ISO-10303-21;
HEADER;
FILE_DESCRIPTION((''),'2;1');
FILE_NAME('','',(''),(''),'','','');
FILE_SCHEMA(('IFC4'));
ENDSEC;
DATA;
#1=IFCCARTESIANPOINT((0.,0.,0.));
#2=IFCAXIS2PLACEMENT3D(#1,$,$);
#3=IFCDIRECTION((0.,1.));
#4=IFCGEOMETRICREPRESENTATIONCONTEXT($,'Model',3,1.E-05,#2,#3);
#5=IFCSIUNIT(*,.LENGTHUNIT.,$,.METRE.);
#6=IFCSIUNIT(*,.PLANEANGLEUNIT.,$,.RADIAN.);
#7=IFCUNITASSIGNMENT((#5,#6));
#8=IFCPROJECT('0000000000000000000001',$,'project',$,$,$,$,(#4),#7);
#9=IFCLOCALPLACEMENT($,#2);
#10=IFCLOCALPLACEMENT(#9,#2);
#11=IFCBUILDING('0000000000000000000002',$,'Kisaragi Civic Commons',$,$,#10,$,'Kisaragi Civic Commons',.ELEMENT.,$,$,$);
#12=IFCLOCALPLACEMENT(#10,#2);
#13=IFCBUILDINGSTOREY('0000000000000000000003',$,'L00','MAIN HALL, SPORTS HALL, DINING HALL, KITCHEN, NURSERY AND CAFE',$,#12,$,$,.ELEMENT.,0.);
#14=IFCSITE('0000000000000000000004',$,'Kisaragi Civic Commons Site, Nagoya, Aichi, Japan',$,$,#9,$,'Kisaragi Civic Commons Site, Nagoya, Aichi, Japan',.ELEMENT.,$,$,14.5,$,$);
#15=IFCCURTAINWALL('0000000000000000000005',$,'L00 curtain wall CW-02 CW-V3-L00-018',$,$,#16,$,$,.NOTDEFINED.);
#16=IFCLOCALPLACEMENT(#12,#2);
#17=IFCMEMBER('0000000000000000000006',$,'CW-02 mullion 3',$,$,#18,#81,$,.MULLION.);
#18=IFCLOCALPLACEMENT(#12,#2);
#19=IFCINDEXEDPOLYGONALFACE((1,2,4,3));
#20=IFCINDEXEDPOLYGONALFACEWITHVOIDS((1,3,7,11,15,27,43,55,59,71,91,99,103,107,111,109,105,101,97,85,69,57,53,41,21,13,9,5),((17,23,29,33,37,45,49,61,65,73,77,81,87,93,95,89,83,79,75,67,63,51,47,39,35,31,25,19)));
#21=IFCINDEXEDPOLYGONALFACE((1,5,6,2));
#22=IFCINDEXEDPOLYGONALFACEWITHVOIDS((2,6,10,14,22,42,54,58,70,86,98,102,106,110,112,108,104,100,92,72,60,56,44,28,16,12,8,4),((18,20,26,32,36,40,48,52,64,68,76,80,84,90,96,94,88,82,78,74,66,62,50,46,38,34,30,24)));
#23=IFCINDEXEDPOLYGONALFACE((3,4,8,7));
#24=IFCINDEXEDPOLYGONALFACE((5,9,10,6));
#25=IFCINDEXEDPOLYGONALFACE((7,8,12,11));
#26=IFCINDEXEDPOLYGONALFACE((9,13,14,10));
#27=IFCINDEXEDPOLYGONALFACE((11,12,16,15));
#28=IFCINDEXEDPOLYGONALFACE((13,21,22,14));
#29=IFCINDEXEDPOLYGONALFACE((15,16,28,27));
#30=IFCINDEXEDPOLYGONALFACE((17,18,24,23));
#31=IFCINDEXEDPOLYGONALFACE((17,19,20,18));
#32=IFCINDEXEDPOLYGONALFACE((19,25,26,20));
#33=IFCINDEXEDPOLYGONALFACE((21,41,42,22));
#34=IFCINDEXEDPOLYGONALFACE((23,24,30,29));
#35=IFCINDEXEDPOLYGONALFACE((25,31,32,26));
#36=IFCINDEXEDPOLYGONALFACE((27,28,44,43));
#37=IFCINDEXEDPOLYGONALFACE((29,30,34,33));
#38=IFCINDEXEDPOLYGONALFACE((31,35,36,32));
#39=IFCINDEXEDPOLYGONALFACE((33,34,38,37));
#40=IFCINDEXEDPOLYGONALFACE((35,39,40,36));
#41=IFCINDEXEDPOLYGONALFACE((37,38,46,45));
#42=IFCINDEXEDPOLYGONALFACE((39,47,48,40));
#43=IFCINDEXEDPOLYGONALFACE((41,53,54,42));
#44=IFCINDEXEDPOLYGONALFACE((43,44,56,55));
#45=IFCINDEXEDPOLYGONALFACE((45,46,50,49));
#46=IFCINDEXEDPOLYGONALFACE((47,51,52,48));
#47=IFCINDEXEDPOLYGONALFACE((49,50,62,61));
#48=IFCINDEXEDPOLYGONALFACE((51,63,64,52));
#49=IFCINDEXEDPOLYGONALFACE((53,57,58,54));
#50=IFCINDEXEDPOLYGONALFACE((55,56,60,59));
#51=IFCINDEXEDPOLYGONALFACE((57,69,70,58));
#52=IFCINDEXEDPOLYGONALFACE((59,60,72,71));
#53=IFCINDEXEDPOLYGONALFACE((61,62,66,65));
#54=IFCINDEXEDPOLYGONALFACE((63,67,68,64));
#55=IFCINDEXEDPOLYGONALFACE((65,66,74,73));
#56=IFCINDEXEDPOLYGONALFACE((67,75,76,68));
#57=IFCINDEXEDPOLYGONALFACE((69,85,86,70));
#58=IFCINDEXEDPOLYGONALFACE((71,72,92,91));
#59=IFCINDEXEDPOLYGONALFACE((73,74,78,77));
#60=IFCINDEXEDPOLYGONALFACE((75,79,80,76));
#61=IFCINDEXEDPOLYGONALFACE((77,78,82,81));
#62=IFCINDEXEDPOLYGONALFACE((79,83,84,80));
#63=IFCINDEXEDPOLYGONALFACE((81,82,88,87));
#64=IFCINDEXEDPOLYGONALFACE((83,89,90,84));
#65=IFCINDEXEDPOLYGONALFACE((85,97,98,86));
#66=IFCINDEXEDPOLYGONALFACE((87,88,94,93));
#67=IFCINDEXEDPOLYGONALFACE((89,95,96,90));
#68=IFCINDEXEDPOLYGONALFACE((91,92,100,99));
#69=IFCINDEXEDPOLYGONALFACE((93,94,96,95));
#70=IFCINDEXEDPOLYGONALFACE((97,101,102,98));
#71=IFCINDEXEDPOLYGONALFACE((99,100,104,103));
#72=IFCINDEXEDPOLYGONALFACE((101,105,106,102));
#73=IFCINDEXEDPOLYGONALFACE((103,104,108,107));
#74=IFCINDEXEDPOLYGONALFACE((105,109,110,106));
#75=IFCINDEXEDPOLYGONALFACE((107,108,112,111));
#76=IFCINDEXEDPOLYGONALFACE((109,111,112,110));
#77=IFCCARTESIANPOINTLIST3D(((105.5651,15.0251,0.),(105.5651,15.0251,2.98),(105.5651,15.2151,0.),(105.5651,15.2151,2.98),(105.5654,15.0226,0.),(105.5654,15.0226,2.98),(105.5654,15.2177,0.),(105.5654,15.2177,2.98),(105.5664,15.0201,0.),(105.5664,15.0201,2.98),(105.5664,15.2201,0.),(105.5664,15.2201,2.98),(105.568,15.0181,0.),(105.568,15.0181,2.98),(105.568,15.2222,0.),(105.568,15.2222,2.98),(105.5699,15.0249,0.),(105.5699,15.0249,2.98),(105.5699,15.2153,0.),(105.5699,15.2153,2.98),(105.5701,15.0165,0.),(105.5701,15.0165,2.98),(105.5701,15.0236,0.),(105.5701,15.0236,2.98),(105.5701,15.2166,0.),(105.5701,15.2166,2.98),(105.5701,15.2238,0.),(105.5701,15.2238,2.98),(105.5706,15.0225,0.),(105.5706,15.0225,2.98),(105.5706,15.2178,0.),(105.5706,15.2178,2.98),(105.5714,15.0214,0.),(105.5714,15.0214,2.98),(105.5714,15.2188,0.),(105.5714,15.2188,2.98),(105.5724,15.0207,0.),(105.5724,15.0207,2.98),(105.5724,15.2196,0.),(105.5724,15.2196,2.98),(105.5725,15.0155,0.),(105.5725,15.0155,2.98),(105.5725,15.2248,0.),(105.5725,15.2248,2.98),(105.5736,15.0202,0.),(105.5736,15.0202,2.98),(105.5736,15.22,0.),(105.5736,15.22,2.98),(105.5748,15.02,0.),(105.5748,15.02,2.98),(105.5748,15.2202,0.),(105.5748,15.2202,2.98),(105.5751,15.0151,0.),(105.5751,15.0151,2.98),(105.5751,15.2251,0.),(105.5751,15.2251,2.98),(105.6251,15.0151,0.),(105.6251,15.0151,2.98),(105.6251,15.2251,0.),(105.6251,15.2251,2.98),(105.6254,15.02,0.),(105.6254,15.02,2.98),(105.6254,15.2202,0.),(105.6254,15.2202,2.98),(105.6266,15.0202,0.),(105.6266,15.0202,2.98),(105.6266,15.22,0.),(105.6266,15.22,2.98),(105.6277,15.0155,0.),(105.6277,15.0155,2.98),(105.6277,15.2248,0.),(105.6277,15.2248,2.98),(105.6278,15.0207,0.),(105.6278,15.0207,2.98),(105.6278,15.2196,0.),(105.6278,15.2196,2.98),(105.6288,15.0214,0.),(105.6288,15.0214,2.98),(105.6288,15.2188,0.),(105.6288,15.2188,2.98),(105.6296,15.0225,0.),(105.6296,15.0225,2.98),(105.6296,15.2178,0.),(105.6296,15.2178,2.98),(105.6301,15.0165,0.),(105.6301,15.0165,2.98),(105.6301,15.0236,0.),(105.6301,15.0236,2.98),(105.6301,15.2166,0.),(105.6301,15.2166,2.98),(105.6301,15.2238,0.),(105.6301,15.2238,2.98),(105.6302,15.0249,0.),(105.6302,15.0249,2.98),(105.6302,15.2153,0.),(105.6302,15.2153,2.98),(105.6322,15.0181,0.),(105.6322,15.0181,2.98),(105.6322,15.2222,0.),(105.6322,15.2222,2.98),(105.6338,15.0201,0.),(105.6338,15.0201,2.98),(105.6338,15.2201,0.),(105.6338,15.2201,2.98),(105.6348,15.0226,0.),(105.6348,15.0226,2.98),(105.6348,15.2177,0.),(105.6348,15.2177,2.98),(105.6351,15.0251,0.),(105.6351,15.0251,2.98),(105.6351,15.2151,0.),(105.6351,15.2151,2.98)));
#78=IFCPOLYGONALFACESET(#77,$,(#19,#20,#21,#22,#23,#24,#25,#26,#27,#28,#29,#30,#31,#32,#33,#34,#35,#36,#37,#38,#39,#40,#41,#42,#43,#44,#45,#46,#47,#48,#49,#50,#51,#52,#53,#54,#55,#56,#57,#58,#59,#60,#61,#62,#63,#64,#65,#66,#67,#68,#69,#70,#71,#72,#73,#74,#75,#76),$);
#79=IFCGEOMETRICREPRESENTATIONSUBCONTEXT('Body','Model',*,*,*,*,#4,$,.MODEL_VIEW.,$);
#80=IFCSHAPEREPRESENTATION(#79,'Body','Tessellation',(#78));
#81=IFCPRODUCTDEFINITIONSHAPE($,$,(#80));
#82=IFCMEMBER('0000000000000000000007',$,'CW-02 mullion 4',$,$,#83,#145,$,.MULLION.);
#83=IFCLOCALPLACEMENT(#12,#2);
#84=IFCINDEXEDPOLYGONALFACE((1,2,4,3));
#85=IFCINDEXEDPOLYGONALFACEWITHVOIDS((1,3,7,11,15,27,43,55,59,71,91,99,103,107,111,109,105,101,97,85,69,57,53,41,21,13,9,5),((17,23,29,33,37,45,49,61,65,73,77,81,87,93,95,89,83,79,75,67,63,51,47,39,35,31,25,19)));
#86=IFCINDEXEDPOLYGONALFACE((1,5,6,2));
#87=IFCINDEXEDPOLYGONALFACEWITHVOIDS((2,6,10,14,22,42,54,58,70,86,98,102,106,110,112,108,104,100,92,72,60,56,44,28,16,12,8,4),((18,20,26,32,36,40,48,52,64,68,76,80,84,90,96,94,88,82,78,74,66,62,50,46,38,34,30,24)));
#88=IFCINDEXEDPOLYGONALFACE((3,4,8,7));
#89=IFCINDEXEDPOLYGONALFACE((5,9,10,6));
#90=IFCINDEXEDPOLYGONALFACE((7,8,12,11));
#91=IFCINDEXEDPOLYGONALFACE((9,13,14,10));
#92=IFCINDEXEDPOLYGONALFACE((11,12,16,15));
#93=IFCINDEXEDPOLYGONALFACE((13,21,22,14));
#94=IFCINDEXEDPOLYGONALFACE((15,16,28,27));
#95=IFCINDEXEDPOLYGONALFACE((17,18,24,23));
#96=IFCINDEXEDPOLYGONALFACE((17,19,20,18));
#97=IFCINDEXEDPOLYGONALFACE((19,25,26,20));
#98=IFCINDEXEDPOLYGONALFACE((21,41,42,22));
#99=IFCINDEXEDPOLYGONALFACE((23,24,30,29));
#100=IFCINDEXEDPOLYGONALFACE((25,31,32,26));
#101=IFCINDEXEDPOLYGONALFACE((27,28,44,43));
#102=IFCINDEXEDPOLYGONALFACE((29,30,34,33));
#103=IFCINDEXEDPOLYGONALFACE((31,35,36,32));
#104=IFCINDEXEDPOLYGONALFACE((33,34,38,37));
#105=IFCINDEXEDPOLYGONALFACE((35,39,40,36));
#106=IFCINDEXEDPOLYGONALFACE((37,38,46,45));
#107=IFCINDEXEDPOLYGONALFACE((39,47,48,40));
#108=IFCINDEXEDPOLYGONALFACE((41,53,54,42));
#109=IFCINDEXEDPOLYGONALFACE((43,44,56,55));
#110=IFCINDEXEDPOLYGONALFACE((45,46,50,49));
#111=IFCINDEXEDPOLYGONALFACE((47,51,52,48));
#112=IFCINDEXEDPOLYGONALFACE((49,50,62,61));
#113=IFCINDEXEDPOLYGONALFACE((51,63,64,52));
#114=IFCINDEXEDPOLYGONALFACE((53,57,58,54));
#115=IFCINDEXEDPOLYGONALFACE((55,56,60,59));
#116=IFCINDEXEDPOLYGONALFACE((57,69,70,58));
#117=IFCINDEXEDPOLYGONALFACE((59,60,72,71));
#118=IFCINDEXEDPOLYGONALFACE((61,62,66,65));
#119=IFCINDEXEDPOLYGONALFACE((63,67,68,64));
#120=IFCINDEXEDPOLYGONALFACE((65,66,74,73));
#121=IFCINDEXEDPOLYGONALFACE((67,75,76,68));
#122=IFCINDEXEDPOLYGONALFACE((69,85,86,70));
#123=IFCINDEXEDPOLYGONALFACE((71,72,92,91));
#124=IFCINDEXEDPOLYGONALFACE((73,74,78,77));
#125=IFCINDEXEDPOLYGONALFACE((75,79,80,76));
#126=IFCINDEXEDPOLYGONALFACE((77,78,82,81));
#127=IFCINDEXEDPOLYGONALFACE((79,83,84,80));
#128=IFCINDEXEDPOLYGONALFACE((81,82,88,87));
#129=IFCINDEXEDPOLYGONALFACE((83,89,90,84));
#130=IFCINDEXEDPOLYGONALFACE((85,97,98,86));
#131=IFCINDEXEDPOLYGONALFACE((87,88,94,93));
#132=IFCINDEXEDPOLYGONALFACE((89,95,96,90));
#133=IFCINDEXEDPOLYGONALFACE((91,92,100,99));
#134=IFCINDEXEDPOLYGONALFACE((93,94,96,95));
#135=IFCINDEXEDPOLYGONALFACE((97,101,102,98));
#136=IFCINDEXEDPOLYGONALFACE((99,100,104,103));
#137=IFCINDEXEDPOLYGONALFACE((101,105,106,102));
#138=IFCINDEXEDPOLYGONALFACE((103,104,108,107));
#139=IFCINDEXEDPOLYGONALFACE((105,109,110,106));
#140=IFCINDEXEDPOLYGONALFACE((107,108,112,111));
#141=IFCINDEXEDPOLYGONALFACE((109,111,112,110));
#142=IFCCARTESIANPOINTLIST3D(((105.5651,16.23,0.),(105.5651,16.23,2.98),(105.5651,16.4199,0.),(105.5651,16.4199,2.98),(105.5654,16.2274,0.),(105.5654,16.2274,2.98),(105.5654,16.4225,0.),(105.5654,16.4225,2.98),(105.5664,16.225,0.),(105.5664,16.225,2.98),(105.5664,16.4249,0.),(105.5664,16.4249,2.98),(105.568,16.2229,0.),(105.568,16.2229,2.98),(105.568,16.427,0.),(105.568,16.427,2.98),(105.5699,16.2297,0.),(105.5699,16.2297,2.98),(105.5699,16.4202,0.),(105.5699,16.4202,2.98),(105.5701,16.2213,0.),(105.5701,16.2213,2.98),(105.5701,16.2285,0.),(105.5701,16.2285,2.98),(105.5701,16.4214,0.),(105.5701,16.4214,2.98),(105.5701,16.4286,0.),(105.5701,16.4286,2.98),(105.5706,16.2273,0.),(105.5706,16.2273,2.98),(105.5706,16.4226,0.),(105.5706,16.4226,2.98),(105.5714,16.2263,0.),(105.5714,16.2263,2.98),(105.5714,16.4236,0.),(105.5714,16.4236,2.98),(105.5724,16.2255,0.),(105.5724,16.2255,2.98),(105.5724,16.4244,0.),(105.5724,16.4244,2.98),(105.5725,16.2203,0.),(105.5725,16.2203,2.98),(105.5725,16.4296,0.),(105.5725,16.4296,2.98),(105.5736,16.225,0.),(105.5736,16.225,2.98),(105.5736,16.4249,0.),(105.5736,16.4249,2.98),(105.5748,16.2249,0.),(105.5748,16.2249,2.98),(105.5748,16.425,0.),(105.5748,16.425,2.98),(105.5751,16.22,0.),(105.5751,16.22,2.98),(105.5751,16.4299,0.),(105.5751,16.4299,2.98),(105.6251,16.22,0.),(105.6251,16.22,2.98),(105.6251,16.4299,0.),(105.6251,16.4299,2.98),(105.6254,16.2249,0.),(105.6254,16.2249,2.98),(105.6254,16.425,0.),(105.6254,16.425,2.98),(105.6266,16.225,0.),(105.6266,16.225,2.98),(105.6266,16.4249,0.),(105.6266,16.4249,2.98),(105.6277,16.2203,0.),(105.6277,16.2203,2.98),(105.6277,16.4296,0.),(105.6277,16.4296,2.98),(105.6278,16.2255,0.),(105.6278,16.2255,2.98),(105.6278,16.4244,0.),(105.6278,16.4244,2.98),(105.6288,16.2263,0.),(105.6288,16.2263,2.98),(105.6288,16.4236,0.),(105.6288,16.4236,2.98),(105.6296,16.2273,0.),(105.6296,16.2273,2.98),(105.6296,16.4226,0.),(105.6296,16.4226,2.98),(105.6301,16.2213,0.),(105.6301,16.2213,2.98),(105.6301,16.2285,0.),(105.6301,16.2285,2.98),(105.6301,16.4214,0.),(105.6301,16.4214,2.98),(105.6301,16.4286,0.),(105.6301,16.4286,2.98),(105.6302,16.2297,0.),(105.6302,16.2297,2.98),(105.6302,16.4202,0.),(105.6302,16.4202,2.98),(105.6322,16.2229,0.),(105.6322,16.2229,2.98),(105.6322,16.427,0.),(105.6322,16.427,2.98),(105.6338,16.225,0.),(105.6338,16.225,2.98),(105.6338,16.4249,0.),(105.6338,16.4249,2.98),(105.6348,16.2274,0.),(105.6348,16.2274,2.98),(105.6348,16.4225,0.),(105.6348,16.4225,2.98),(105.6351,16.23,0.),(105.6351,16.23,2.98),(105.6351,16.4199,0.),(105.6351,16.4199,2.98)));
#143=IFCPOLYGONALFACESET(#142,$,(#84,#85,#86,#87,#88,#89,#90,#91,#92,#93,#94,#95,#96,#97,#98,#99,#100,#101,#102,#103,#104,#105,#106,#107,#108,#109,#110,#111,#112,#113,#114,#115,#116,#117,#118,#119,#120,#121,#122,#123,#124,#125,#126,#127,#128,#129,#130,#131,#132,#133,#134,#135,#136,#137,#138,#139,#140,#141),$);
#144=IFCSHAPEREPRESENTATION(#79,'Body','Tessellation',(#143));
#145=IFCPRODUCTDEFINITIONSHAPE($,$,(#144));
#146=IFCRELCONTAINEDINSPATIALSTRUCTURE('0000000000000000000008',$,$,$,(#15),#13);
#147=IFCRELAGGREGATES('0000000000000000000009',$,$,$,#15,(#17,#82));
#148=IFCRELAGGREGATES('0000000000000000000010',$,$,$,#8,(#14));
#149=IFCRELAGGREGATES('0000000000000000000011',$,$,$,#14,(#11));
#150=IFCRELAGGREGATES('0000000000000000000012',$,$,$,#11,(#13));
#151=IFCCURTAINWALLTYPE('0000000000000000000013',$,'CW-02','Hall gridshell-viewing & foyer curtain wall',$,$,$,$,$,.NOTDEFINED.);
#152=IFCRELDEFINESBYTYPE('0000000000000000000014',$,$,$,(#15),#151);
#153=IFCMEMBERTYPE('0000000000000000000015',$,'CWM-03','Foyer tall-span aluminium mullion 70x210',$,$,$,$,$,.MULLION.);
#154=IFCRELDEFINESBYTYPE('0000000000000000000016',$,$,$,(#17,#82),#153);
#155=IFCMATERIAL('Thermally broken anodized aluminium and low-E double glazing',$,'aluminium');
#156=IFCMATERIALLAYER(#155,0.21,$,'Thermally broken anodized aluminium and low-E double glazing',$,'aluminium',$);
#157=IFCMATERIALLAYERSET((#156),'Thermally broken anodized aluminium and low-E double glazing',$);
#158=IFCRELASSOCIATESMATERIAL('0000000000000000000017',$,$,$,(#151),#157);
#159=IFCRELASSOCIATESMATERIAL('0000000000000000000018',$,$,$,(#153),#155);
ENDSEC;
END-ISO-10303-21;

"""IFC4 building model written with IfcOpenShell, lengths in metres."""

from ifc_helpers import new_model, si_unit, direction, frame, origin, origin_2d, place, context, subcontext, project, spatial, hollow_rectangle, extrude, material, layer, layer_set, material_profile, profile_set, type_object, element, aggregate, save


model = new_model("IFC4")

# Units and contexts
model_context = context("Model", 3, precision=1e-05, world=origin(), true_north=direction((0.0, 1.0)))
body_context = subcontext(model_context, "Body", "Model", "MODEL_VIEW")
ifc_project = project(units=[si_unit("LENGTHUNIT", "METRE"), si_unit("PLANEANGLEUNIT", "RADIAN")], contexts=[model_context])

# Site, building, storey
site_placement = place(None, origin())
site = spatial("IfcSite", under=ifc_project, at=site_placement, Name="Kisaragi Civic Commons Site, Nagoya, Aichi, Japan", LongName="Kisaragi Civic Commons Site, Nagoya, Aichi, Japan", CompositionType="ELEMENT", RefElevation=14.5)
building_placement = place(site_placement, origin())
building = spatial("IfcBuilding", under=site, at=building_placement, Name="Kisaragi Civic Commons", LongName="Kisaragi Civic Commons", CompositionType="ELEMENT")
storey_placement = place(building_placement, origin())
storey = spatial("IfcBuildingStorey", under=building, at=storey_placement, Name="L00", Description="MAIN HALL, SPORTS HALL, DINING HALL, KITCHEN, NURSERY AND CAFE", CompositionType="ELEMENT", Elevation=0.0)

# Curtain wall, members
ifc_material_1 = material(Name="Thermally broken anodized aluminium and low-E double glazing", Category="aluminium")
ifc_layer_1 = layer(ifc_material_1, 0.21, Name="Thermally broken anodized aluminium and low-E double glazing", Category="aluminium")
ifc_layer_set_1 = layer_set([ifc_layer_1], Name="Thermally broken anodized aluminium and low-E double glazing")
curtain_wall_type = type_object("IfcCurtainWallType", Name="CW-02", Description="Hall gridshell-viewing & foyer curtain wall", PredefinedType="NOTDEFINED", material=ifc_layer_set_1)
curtain_wall_placement = place(storey_placement, origin())
curtain_wall = element("IfcCurtainWall", 1, at=curtain_wall_placement, inside=storey, type_object=curtain_wall_type, Name="L00 curtain wall CW-02 CW-V3-L00-018", PredefinedType="NOTDEFINED")
ifc_material_profile_1 = material_profile(ifc_material_1, hollow_rectangle(XDim=0.0701, YDim=0.21, WallThickness=0.0049, InnerFilletRadius=0.0049, OuterFilletRadius=0.01, at=origin_2d()), Name="CWM-70x210x5", Category="aluminium")
ifc_profile_set_1 = profile_set([ifc_material_profile_1], Name="Thermally broken anodized aluminium and low-E double glazing")
member_type_1 = type_object("IfcMemberType", Name="CWM-03", Description="Foyer tall-span aluminium mullion 70x210", PredefinedType="MULLION", material=ifc_profile_set_1)
member_1_placement = place(storey_placement, frame((105.6001, 15.1201, 0.0), z_axis=(0.0, 0.0, 1.0), x_axis=(-1.0, 0.0, 0.0)))
member_1 = element("IfcMember", 2, at=member_1_placement, type_object=member_type_1, Name="CW-02 mullion 3", PredefinedType="MULLION", context=body_context, shape_type="SweptSolid", body=[
    extrude(hollow_rectangle(XDim=0.0701, YDim=0.21, WallThickness=0.0049, InnerFilletRadius=0.0049, OuterFilletRadius=0.01, at=origin_2d()), origin(), (0.0, 0.0, 1.0), 2.98),
])
member_2_placement = place(storey_placement, frame((105.6001, 16.325, 0.0), z_axis=(0.0, 0.0, 1.0), x_axis=(-1.0, 0.0, 0.0)))
member_2 = element("IfcMember", 3, at=member_2_placement, type_object=member_type_1, Name="CW-02 mullion 4", PredefinedType="MULLION", context=body_context, shape_type="SweptSolid", body=[
    extrude(hollow_rectangle(XDim=0.0701, YDim=0.21, WallThickness=0.0049, InnerFilletRadius=0.0049, OuterFilletRadius=0.01, at=origin_2d()), origin(), (0.0, 0.0, 1.0), 2.98),
])

aggregate(curtain_wall, [member_1, member_2])

save(model, "model.ifc")
